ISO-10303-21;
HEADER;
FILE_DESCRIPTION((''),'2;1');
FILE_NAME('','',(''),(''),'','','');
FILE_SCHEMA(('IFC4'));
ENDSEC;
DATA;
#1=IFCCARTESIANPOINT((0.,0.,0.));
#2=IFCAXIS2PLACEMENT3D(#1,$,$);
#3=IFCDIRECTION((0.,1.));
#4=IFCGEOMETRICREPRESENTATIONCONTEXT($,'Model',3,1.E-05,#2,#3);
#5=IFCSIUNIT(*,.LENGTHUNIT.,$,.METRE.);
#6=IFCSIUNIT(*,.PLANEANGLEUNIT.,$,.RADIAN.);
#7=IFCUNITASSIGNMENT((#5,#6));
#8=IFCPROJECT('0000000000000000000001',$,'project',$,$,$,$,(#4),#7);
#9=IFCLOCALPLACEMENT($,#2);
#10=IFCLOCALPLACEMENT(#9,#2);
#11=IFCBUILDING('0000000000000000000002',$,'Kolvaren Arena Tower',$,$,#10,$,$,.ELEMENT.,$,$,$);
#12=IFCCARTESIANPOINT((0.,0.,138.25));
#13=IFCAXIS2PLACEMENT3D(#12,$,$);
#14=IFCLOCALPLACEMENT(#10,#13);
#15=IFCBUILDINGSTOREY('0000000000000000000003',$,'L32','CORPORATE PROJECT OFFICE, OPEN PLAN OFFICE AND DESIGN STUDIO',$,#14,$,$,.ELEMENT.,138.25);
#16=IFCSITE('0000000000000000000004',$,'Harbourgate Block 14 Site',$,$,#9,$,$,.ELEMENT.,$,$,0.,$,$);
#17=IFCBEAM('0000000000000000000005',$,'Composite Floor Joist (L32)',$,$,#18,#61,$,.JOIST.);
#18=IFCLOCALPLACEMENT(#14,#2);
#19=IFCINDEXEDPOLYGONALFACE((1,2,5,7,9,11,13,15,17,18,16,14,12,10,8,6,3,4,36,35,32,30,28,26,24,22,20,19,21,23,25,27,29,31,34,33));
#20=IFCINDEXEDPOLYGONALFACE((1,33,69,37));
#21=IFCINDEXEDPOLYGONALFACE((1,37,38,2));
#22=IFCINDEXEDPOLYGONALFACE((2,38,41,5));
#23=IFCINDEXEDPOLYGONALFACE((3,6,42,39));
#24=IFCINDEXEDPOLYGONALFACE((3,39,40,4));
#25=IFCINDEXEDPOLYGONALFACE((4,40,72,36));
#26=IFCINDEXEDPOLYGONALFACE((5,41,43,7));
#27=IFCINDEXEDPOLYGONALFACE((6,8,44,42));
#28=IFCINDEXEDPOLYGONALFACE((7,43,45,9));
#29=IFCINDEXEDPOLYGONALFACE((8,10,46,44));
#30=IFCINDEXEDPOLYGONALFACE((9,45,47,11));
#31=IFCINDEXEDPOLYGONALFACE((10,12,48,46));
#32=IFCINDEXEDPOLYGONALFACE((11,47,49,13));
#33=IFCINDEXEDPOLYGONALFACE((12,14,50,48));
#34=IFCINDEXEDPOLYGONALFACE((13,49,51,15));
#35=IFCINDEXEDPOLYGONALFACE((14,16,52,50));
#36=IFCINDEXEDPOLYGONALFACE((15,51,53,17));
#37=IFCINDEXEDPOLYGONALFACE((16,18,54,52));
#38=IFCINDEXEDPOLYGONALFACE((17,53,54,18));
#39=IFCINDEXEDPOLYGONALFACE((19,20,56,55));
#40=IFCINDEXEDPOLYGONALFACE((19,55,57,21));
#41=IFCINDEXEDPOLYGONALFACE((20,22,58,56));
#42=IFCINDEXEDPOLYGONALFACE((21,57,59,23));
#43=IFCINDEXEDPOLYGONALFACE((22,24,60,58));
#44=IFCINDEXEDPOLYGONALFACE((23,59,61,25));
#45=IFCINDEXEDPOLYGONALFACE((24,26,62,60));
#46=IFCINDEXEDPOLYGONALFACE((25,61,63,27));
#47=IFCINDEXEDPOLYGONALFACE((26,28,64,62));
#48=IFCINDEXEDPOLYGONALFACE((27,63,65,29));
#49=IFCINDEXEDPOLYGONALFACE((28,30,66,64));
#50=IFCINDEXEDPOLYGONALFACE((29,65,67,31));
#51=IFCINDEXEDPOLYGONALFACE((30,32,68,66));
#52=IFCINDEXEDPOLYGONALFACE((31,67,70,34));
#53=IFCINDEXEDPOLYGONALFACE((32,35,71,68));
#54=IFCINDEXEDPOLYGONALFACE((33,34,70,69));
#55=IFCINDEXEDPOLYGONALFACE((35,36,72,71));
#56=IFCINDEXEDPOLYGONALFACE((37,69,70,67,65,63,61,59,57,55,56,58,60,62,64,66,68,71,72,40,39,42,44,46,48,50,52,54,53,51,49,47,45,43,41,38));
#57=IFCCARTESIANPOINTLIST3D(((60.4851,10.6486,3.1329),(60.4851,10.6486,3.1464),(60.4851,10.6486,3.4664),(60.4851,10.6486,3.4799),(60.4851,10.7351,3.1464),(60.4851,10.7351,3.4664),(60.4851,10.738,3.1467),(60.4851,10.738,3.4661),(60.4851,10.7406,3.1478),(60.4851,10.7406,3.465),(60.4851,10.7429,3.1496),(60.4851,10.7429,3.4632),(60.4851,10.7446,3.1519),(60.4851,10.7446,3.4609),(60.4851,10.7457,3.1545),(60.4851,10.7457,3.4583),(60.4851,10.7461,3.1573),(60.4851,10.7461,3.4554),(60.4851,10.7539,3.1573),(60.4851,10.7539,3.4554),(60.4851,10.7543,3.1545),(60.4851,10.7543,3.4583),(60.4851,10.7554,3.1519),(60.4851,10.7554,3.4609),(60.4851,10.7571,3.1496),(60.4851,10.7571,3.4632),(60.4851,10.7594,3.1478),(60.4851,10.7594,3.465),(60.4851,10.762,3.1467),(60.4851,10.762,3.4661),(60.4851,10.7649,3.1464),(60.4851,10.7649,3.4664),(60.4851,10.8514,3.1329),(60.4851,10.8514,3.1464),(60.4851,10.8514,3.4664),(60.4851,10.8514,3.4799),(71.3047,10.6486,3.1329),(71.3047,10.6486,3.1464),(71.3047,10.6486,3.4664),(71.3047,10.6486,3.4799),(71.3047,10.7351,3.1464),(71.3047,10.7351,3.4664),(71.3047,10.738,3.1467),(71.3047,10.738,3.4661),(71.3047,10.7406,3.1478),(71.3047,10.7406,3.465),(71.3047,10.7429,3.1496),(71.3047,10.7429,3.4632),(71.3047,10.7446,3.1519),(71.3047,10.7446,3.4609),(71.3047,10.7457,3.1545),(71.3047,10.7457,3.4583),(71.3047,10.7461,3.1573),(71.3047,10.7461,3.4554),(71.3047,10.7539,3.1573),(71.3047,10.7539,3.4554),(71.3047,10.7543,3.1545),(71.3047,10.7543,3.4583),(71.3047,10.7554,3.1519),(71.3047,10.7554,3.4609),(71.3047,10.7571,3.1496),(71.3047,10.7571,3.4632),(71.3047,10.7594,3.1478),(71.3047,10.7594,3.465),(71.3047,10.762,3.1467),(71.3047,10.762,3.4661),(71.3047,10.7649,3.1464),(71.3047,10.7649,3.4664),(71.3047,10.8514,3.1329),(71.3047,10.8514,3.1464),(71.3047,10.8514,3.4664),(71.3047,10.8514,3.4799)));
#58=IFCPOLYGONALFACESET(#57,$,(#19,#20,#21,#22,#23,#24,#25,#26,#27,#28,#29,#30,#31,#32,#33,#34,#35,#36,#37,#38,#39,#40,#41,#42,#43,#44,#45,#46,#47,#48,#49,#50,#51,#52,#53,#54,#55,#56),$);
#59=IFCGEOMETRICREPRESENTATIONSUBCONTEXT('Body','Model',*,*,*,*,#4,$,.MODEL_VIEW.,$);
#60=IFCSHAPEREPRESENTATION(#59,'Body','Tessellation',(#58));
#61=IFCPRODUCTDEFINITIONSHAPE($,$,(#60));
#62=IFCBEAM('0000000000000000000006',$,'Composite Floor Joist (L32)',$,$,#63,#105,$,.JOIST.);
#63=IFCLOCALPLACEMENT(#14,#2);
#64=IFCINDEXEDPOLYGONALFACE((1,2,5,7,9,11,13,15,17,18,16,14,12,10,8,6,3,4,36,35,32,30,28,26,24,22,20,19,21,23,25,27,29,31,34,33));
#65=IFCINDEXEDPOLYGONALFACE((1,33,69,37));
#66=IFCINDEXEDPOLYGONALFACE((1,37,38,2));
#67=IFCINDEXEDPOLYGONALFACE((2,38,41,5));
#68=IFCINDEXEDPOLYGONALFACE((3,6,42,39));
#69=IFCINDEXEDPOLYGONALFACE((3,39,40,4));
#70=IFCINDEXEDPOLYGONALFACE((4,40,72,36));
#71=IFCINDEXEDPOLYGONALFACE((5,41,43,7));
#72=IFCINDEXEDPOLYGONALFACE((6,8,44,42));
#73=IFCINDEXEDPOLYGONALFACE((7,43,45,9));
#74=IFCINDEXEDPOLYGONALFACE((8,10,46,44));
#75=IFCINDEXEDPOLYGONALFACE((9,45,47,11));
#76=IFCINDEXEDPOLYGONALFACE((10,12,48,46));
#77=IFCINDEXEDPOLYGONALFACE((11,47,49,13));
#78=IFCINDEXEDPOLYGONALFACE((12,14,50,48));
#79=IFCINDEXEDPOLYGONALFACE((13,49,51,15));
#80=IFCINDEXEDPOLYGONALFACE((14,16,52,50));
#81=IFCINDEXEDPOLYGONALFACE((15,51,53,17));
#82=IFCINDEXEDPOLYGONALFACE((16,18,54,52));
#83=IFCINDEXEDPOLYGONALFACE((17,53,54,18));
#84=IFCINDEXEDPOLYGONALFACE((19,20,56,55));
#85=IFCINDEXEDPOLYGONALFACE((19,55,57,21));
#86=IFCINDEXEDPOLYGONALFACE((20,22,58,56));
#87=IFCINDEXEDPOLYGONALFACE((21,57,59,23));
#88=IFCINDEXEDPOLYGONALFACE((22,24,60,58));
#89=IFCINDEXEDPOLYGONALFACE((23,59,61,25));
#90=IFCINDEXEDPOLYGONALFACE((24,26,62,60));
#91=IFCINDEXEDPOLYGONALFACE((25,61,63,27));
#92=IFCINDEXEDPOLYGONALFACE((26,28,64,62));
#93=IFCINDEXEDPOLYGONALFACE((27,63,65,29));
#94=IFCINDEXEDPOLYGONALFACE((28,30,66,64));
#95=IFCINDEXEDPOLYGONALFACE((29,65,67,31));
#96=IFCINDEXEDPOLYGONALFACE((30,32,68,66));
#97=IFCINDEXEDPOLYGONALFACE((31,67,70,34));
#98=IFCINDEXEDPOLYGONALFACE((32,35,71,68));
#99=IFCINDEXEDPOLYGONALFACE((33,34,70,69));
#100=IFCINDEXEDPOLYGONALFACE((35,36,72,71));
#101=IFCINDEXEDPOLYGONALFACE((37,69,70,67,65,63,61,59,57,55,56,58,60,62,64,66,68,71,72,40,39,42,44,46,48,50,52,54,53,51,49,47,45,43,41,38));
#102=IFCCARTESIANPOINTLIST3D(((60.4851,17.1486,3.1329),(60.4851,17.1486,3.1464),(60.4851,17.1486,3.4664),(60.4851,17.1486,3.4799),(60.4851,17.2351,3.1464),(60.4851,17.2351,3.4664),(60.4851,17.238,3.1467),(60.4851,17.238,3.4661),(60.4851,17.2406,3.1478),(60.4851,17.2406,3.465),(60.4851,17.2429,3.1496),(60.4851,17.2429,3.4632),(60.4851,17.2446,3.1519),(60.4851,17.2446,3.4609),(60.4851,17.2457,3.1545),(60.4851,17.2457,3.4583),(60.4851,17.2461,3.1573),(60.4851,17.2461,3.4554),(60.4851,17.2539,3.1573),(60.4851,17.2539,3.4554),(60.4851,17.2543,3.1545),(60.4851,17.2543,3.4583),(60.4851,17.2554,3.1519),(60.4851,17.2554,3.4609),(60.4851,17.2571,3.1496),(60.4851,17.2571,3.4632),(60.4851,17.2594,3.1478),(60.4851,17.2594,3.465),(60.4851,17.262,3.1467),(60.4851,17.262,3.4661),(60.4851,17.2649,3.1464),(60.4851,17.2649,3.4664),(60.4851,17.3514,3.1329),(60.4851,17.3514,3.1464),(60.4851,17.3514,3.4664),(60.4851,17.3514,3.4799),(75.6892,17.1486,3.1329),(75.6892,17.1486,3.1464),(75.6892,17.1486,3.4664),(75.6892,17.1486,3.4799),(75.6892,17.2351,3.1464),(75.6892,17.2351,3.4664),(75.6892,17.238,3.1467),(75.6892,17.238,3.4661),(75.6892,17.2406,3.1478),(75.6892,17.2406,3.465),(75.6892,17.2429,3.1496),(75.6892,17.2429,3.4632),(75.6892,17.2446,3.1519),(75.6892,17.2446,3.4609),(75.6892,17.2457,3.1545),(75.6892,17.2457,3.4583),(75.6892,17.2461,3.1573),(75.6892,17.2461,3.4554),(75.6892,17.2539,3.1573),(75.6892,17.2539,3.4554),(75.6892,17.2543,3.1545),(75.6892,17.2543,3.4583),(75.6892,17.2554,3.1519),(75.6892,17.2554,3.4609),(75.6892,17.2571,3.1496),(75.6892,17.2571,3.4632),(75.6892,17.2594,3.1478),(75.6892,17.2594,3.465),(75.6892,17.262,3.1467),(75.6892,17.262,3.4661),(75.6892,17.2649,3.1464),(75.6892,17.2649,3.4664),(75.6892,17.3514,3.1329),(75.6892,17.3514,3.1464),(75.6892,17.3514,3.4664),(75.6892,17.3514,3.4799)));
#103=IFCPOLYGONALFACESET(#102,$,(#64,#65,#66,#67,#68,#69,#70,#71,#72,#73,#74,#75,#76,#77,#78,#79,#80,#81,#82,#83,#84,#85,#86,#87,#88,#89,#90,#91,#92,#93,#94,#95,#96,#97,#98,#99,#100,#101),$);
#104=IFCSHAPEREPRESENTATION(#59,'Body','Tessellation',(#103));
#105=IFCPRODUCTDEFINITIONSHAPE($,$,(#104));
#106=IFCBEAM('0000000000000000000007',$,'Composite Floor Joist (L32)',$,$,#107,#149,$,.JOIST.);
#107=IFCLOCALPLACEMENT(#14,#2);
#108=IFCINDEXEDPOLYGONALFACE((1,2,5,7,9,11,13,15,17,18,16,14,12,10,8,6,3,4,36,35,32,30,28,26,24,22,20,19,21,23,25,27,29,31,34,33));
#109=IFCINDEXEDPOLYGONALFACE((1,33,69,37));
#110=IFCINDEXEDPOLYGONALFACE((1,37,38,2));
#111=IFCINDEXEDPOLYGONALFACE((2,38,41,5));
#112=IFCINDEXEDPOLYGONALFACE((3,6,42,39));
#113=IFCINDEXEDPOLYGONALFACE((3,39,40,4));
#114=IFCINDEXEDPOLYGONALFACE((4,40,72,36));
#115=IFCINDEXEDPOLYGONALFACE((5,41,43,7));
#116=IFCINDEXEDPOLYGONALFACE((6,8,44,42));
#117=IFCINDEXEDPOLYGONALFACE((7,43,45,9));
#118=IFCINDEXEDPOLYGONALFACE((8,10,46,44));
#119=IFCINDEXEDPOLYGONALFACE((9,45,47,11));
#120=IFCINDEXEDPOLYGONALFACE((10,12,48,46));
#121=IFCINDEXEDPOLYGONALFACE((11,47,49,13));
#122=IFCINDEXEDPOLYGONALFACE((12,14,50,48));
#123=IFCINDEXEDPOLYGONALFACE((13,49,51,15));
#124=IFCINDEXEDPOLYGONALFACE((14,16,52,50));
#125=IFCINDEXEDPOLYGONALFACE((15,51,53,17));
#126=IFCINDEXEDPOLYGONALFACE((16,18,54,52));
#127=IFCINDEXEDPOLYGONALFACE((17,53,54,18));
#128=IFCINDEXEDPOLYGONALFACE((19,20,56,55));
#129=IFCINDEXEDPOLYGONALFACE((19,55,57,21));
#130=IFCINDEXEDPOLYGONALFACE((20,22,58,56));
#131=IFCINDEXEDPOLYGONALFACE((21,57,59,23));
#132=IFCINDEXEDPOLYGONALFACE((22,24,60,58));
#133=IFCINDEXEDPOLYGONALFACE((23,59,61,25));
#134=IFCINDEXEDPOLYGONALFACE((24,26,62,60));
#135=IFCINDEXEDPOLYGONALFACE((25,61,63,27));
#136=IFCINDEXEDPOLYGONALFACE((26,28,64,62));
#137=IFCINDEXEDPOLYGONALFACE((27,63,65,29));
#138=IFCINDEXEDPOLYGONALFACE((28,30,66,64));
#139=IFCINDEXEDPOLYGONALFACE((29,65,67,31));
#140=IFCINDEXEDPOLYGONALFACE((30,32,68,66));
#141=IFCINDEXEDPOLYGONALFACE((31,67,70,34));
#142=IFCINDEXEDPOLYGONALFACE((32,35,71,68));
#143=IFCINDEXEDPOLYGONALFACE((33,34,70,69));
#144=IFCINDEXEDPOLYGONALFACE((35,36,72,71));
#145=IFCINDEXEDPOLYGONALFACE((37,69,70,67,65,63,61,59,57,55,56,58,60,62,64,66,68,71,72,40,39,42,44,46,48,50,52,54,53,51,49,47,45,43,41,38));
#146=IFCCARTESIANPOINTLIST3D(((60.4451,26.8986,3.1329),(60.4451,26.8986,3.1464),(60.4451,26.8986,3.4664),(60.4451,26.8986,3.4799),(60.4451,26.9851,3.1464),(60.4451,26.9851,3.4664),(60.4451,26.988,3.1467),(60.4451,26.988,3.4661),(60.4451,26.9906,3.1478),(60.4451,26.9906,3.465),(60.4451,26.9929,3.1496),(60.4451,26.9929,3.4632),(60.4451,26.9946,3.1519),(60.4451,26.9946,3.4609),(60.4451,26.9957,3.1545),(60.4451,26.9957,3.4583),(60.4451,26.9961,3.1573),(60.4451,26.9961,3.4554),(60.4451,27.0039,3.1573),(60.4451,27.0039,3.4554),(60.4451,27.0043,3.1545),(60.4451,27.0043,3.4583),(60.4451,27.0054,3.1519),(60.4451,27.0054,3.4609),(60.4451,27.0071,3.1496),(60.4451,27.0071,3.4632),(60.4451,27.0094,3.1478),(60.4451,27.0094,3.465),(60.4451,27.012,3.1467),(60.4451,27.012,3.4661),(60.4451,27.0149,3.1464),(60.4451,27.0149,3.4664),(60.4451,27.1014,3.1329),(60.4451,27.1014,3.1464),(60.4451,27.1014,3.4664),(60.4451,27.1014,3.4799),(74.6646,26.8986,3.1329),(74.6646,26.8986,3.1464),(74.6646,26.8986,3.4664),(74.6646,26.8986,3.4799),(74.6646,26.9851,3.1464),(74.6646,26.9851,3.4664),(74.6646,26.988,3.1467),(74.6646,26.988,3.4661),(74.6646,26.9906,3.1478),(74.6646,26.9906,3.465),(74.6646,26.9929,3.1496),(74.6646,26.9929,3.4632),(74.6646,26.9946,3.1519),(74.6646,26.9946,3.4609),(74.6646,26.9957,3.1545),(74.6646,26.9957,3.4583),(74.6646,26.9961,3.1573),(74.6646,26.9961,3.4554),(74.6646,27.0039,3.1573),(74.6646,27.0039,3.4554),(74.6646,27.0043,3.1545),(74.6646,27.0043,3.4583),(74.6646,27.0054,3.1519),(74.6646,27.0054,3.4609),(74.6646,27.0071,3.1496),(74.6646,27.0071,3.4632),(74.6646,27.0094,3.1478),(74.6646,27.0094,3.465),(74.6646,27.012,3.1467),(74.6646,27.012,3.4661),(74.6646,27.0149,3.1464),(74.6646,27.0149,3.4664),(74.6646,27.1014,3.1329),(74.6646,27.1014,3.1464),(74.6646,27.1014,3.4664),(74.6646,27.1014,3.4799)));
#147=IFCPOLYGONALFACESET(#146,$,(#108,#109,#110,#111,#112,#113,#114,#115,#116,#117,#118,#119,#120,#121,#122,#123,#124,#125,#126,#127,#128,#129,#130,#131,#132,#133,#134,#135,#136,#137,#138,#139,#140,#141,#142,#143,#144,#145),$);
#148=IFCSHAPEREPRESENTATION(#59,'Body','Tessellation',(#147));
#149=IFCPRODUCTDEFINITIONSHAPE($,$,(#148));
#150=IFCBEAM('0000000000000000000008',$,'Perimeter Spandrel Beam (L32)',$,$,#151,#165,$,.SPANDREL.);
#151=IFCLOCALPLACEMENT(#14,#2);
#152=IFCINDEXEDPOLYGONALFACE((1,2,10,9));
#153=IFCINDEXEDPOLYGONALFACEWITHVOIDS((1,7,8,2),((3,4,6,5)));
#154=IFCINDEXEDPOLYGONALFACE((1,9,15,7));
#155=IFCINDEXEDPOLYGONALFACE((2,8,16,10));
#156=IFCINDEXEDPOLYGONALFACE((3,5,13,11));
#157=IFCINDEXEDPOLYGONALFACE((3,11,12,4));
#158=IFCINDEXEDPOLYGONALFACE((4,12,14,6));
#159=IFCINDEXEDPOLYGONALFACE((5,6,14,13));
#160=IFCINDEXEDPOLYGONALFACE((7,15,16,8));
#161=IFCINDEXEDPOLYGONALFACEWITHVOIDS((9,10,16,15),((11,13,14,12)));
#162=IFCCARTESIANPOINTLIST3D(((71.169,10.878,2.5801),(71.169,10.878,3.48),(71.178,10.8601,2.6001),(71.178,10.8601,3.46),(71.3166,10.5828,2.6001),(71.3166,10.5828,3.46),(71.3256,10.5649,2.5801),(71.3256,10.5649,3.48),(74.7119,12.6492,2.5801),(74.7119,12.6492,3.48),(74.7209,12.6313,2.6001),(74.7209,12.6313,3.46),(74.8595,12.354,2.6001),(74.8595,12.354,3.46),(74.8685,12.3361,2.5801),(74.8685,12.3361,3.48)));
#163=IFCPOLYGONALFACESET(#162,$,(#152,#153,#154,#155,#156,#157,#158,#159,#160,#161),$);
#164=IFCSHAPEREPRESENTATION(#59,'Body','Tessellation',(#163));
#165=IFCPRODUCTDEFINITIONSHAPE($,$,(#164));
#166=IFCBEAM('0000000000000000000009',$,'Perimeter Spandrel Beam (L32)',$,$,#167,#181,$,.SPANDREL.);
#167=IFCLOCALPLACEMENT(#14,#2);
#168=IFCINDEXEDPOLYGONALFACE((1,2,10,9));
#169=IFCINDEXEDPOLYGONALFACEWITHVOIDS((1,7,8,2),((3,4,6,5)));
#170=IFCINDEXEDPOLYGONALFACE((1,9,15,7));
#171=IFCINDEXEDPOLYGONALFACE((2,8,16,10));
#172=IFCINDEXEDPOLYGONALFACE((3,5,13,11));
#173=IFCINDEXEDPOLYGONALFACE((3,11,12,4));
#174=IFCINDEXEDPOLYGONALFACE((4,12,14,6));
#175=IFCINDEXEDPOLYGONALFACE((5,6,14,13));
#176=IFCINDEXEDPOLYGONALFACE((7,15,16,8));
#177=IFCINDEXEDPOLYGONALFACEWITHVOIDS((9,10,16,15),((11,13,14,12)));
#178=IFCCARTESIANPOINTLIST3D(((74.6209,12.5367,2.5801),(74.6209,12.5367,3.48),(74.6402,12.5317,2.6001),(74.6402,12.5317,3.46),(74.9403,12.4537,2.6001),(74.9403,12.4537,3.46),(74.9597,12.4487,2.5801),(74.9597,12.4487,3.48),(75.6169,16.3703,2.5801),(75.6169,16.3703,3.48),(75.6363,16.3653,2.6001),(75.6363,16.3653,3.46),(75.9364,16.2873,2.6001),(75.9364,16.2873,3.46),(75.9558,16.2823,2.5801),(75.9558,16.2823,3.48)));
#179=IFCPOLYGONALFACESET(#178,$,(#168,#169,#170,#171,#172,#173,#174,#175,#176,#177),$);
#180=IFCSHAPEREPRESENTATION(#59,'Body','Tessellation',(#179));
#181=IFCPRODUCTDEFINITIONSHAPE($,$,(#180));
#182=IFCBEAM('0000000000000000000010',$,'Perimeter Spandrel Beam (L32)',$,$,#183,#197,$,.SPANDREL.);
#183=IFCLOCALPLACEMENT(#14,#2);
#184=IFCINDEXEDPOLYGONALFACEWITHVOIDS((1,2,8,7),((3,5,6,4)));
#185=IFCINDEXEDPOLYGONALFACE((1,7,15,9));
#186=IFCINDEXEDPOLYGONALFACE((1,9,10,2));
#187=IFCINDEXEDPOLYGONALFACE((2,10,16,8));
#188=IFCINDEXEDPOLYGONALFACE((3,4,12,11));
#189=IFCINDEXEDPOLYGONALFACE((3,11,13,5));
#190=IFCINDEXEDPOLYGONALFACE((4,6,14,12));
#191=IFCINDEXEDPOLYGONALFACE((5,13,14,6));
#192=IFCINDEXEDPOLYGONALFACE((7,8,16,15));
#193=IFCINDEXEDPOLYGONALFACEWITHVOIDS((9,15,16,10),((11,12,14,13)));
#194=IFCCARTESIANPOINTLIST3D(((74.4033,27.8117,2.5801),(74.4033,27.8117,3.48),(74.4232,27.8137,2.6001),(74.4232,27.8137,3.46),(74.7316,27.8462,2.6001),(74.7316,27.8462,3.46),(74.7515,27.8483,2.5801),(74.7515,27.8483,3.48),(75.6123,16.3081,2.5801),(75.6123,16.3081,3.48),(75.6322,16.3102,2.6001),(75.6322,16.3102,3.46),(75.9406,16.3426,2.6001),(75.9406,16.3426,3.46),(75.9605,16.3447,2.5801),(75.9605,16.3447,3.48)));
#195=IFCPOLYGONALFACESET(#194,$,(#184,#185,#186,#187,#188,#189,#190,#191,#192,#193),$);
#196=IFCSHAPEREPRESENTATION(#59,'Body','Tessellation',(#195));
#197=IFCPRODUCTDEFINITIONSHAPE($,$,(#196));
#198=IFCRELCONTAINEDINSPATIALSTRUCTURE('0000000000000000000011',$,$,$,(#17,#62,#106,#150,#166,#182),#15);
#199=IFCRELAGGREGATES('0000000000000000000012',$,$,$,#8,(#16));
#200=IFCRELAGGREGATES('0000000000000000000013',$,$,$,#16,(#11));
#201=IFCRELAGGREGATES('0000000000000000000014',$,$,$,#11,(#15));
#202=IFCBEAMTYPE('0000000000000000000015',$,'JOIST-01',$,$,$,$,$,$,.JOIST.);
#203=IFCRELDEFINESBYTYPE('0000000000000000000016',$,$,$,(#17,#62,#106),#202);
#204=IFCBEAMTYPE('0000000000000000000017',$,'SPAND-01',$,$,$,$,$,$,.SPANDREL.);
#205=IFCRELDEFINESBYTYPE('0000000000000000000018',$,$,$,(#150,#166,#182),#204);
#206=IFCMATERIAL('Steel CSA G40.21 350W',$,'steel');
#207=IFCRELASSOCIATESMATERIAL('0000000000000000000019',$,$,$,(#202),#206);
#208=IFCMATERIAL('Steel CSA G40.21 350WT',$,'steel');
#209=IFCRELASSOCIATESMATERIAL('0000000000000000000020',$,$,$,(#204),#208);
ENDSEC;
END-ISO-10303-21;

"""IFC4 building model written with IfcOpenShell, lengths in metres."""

from ifc_helpers import new_model, si_unit, direction, frame, origin, origin_2d, place, context, subcontext, project, spatial, hollow_rectangle, i_section, extrude, material, material_profile, profile_set, type_object, element, save


model = new_model("IFC4")

# Units and contexts
model_context = context("Model", 3, precision=1e-05, world=origin(), true_north=direction((0.0, 1.0)))
body_context = subcontext(model_context, "Body", "Model", "MODEL_VIEW")
ifc_project = project(units=[si_unit("LENGTHUNIT", "METRE"), si_unit("PLANEANGLEUNIT", "RADIAN")], contexts=[model_context])

# Site, building, storey
site_placement = place(None, origin())
site = spatial("IfcSite", under=ifc_project, at=site_placement, Name="Harbourgate Block 14 Site", CompositionType="ELEMENT", RefElevation=0.0)
building_placement = place(site_placement, origin())
building = spatial("IfcBuilding", under=site, at=building_placement, Name="Kolvaren Arena Tower", CompositionType="ELEMENT")
storey_placement = place(building_placement, frame((0.0, 0.0, 138.25)))
storey = spatial("IfcBuildingStorey", under=building, at=storey_placement, Name="L32", Description="CORPORATE PROJECT OFFICE, OPEN PLAN OFFICE AND DESIGN STUDIO", CompositionType="ELEMENT", Elevation=138.25)

# Beams
ifc_material_1 = material(Name="Steel CSA G40.21 350W", Category="steel")
ifc_material_profile_1 = material_profile(ifc_material_1, i_section(OverallWidth=0.2029, OverallDepth=0.3469, WebThickness=0.0078, FlangeThickness=0.0134, FilletRadius=0.011, at=origin_2d()), Name="W360x64")
ifc_profile_set_1 = profile_set([ifc_material_profile_1], Name="Steel CSA G40.21 350W")
beam_type_1 = type_object("IfcBeamType", Name="JOIST-01", PredefinedType="JOIST", material=ifc_profile_set_1)
beam_1_placement = place(storey_placement, frame((60.4851, 10.75, 3.3064), z_axis=(1.0, 0.0, 0.0), x_axis=(0.0, 1.0, 0.0)))
element("IfcBeam", 1, at=beam_1_placement, inside=storey, type_object=beam_type_1, Name="Composite Floor Joist (L32)", PredefinedType="JOIST", context=body_context, shape_type="SweptSolid", body=[
    extrude(i_section(OverallWidth=0.2029, OverallDepth=0.3469, WebThickness=0.0078, FlangeThickness=0.0134, FilletRadius=0.011, at=origin_2d()), origin(), (0.0, 0.0, 1.0), 10.8196),
])
beam_2_placement = place(storey_placement, frame((60.4851, 17.25, 3.3064), z_axis=(1.0, 0.0, 0.0), x_axis=(0.0, 1.0, 0.0)))
element("IfcBeam", 2, at=beam_2_placement, inside=storey, type_object=beam_type_1, Name="Composite Floor Joist (L32)", PredefinedType="JOIST", context=body_context, shape_type="SweptSolid", body=[
    extrude(i_section(OverallWidth=0.2029, OverallDepth=0.3469, WebThickness=0.0078, FlangeThickness=0.0134, FilletRadius=0.011, at=origin_2d()), origin(), (0.0, 0.0, 1.0), 15.2041),
])
beam_3_placement = place(storey_placement, frame((60.4451, 27.0, 3.3064), z_axis=(1.0, 0.0, 0.0), x_axis=(0.0, 1.0, 0.0)))
element("IfcBeam", 3, at=beam_3_placement, inside=storey, type_object=beam_type_1, Name="Composite Floor Joist (L32)", PredefinedType="JOIST", context=body_context, shape_type="SweptSolid", body=[
    extrude(i_section(OverallWidth=0.2029, OverallDepth=0.3469, WebThickness=0.0078, FlangeThickness=0.0134, FilletRadius=0.011, at=origin_2d()), origin(), (0.0, 0.0, 1.0), 14.2195),
])
ifc_material_2 = material(Name="Steel CSA G40.21 350WT", Category="steel")
ifc_material_profile_2 = material_profile(ifc_material_2, hollow_rectangle(XDim=0.3501, YDim=0.8999, WallThickness=0.02, at=origin_2d()), Name="HSS 900x350x20")
ifc_profile_set_2 = profile_set([ifc_material_profile_2], Name="Steel CSA G40.21 350WT")
beam_type_2 = type_object("IfcBeamType", Name="SPAND-01", PredefinedType="SPANDREL", material=ifc_profile_set_2)
for number, where, z_axis, x_axis, name in (
    (4, (71.2473, 10.7214, 3.03), (0.894452, 0.447164, 0.0), (-0.447164, 0.894452, 0.0), "Perimeter Spandrel Beam (L32)"),
    (5, (74.7903, 12.4927, 3.03), (0.251473, 0.967864, 0.0), (-0.967864, 0.251473, 0.0), "Perimeter Spandrel Beam (L32)"),
):
    element("IfcBeam", number, at=place(storey_placement, frame(where, z_axis=z_axis, x_axis=x_axis)), inside=storey, type_object=beam_type_2, Name=name, PredefinedType="SPANDREL", context=body_context, shape_type="SweptSolid", body=[
        extrude(hollow_rectangle(XDim=0.3501, YDim=0.8999, WallThickness=0.02, at=origin_2d()), origin(), (0.0, 0.0, 1.0), 3.9609),
    ])
beam_4_placement = place(storey_placement, frame((75.7864, 16.3264, 3.03), z_axis=(-0.104522, 0.994523, 0.0), x_axis=(-0.994523, -0.104522, 0.0)))
element("IfcBeam", 6, at=beam_4_placement, inside=storey, type_object=beam_type_2, Name="Perimeter Spandrel Beam (L32)", PredefinedType="SPANDREL", context=body_context, shape_type="SweptSolid", body=[
    extrude(hollow_rectangle(XDim=0.3501, YDim=0.8999, WallThickness=0.02, at=origin_2d()), origin(), (0.0, 0.0, 1.0), 11.5669),
])

save(model, "model.ifc")
